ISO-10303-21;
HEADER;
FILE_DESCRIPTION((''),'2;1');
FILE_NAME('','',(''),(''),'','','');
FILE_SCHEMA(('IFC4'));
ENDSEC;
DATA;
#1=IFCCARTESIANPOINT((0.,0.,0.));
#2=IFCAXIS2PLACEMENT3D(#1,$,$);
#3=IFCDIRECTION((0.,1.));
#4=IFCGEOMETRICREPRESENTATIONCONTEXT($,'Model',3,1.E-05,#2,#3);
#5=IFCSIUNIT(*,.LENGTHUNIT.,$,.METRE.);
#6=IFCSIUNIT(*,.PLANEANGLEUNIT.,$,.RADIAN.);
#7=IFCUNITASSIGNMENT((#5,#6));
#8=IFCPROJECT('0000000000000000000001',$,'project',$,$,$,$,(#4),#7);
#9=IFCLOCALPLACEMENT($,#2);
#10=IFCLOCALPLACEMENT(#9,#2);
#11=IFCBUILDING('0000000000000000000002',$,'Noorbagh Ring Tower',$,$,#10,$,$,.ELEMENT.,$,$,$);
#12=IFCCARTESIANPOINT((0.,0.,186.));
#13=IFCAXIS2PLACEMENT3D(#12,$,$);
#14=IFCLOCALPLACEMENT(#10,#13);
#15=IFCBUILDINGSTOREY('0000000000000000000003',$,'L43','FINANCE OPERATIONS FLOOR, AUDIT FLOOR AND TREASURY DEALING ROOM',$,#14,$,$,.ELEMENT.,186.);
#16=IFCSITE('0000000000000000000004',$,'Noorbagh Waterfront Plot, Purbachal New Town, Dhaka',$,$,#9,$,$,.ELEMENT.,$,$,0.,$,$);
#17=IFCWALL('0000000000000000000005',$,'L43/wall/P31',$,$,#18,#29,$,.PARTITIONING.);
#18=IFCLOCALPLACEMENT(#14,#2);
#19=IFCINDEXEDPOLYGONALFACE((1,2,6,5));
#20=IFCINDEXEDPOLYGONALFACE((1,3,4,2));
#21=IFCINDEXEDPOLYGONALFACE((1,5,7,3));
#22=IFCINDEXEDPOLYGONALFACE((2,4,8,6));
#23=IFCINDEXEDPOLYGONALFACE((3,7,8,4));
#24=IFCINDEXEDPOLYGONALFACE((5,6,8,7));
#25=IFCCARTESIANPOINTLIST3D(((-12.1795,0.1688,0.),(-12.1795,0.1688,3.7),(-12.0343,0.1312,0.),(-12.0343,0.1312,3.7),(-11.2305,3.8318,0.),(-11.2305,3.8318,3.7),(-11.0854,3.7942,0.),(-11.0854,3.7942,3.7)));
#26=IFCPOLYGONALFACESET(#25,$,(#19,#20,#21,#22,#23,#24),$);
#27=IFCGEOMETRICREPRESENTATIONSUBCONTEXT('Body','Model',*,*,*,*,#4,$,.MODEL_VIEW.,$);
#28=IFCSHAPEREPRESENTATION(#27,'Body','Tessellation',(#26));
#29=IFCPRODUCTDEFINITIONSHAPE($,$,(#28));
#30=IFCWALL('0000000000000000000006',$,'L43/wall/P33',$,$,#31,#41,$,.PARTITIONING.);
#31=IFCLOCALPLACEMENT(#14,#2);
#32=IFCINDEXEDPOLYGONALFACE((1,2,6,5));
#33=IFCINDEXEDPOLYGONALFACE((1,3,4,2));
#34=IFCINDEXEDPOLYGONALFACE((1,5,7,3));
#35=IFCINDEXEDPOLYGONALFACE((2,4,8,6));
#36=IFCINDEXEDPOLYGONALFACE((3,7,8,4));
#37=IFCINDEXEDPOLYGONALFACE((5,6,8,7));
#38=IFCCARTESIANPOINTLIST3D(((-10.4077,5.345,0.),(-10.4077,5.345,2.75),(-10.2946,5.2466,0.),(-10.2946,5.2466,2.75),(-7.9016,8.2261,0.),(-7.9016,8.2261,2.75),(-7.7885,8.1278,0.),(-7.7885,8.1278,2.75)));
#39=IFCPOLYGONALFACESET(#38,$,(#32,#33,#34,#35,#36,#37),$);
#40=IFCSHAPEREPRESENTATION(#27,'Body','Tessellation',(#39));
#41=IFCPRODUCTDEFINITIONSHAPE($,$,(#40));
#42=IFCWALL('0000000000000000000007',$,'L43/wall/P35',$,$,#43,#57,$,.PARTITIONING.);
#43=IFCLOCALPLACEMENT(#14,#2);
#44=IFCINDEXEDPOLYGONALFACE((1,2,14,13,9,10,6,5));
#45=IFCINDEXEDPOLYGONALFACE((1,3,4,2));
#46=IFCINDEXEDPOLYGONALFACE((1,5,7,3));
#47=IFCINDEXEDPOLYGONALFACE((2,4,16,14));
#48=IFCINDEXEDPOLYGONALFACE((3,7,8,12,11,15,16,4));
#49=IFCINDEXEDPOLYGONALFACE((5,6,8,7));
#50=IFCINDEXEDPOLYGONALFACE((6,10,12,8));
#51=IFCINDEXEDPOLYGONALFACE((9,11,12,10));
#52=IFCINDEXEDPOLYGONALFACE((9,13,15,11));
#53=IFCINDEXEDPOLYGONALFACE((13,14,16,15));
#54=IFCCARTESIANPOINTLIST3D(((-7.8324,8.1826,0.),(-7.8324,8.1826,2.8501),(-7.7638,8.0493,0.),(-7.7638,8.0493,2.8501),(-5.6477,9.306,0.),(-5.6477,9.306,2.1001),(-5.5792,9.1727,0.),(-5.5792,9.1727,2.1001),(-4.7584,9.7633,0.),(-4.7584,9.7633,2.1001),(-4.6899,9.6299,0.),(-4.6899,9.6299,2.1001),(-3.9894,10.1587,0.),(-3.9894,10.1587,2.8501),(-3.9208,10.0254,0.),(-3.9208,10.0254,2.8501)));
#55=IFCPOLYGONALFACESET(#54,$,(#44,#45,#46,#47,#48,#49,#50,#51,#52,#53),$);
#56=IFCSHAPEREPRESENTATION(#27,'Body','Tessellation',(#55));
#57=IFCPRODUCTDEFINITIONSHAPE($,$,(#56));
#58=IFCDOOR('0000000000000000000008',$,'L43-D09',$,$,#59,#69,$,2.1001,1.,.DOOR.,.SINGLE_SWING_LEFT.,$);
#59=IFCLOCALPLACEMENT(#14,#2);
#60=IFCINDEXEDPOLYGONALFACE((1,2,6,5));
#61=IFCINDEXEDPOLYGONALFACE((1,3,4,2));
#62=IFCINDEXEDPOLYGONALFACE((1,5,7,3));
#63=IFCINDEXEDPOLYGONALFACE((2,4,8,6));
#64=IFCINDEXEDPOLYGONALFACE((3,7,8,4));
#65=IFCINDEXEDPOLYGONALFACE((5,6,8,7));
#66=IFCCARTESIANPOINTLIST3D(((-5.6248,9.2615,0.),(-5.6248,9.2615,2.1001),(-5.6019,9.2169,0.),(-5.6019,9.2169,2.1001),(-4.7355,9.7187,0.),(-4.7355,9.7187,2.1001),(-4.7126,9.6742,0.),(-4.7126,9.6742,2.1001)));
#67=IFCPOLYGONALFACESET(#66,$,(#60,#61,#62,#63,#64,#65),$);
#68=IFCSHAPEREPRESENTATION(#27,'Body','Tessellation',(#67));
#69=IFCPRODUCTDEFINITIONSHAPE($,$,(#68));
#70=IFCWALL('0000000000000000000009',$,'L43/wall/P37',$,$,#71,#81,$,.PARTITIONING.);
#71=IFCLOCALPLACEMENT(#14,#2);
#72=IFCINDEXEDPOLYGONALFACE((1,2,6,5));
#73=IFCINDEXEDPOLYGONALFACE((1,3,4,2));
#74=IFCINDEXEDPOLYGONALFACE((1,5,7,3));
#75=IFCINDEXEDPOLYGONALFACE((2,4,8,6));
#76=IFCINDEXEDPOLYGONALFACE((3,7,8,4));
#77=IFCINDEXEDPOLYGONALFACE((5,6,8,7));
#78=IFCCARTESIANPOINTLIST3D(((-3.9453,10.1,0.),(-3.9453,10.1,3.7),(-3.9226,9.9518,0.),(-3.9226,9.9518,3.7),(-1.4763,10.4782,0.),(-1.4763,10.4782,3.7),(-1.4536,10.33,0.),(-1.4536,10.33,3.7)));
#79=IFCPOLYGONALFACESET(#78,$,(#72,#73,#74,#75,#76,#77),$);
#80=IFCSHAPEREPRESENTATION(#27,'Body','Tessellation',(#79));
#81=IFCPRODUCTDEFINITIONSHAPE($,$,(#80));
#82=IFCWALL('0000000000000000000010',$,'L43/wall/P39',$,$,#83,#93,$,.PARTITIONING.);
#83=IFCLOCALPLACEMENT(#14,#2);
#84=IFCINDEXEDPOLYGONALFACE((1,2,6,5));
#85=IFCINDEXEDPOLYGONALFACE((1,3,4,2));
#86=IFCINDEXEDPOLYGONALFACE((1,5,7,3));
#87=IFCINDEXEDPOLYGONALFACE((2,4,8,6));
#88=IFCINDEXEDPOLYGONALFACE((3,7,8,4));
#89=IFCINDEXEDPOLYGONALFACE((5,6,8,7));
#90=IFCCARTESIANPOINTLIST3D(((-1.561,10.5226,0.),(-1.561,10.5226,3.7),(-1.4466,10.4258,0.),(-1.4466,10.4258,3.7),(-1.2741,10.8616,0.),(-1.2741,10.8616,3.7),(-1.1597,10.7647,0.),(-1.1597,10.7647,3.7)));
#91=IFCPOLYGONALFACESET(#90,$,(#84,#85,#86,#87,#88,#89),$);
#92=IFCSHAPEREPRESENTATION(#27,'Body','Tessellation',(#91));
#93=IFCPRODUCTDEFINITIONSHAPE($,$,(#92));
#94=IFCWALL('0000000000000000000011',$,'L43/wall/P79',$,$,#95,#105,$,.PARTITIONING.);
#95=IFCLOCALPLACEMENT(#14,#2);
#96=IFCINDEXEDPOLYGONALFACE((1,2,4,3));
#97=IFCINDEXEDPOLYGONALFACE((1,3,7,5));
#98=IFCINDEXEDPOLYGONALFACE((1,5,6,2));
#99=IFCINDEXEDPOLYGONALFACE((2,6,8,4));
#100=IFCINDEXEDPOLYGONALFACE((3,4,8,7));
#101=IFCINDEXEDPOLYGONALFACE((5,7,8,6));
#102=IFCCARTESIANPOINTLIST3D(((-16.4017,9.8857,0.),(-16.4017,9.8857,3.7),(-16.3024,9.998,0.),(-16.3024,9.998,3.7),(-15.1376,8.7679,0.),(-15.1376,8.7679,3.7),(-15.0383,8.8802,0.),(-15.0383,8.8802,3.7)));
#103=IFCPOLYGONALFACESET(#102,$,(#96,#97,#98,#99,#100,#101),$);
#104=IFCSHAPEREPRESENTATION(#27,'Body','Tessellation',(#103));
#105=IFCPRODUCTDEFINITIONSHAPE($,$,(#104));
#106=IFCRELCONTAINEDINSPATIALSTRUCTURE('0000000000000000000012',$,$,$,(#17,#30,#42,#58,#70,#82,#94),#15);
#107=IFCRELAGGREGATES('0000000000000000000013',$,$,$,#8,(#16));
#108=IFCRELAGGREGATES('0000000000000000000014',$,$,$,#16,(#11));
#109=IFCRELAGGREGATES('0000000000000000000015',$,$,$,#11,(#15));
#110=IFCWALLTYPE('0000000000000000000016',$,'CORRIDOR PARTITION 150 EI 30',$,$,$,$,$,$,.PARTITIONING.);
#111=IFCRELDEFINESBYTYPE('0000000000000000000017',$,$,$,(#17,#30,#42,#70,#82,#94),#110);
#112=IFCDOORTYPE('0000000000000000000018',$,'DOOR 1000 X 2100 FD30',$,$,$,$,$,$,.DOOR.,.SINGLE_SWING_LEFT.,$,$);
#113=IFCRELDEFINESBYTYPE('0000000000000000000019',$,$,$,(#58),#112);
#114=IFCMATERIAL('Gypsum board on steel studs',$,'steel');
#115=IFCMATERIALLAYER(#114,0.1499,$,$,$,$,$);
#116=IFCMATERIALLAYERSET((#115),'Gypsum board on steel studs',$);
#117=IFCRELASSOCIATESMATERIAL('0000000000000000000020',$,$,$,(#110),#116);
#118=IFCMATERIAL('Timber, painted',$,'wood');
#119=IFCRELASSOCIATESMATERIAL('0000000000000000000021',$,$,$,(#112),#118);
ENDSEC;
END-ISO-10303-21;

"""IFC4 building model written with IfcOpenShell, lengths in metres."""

from ifc_helpers import new_model, si_unit, direction, frame, frame_2d, origin, place, context, subcontext, project, spatial, rectangle, extrude, material, layer, layer_set, type_object, element, fill, save


model = new_model("IFC4")

# Units and contexts
model_context = context("Model", 3, precision=1e-05, world=origin(), true_north=direction((0.0, 1.0)))
body_context = subcontext(model_context, "Body", "Model", "MODEL_VIEW")
ifc_project = project(units=[si_unit("LENGTHUNIT", "METRE"), si_unit("PLANEANGLEUNIT", "RADIAN")], contexts=[model_context])

# Site, building, storey
site_placement = place(None, origin())
site = spatial("IfcSite", under=ifc_project, at=site_placement, Name="Noorbagh Waterfront Plot, Purbachal New Town, Dhaka", CompositionType="ELEMENT", RefElevation=0.0)
building_placement = place(site_placement, origin())
building = spatial("IfcBuilding", under=site, at=building_placement, Name="Noorbagh Ring Tower", CompositionType="ELEMENT")
storey_placement = place(building_placement, frame((0.0, 0.0, 186.0)))
storey = spatial("IfcBuildingStorey", under=building, at=storey_placement, Name="L43", Description="FINANCE OPERATIONS FLOOR, AUDIT FLOOR AND TREASURY DEALING ROOM", CompositionType="ELEMENT", Elevation=186.0)

# Walls
ifc_material_1 = material(Name="Gypsum board on steel studs", Category="steel")
ifc_layer_1 = layer(ifc_material_1, 0.1499)
ifc_layer_set_1 = layer_set([ifc_layer_1], Name="Gypsum board on steel studs")
wall_type_1 = type_object("IfcWallType", Name="CORRIDOR PARTITION 150 EI 30", PredefinedType="PARTITIONING", material=ifc_layer_set_1)
wall_1_placement = place(storey_placement, frame((-12.1069, 0.1499, 0.0), z_axis=(0.0, 0.0, 1.0), x_axis=(0.250785, 0.968043, 0.0)))
element("IfcWall", 1, at=wall_1_placement, inside=storey, type_object=wall_type_1, Name="L43/wall/P31", PredefinedType="PARTITIONING", context=body_context, shape_type="SweptSolid", body=[
    extrude(rectangle(XDim=3.7839, YDim=0.1499, at=frame_2d((1.8921, 0.0))), origin(), (0.0, 0.0, 1.0), 3.7),
])
wall_2_placement = place(storey_placement, frame((-10.3511, 5.2959, 0.0), z_axis=(0.0, 0.0, 1.0), x_axis=(0.656297, 0.754502, 0.0)))
element("IfcWall", 2, at=wall_2_placement, inside=storey, type_object=wall_type_1, Name="L43/wall/P33", PredefinedType="PARTITIONING", context=body_context, shape_type="SweptSolid", body=[
    extrude(rectangle(XDim=3.8186, YDim=0.1499, at=frame_2d((1.9092, 0.0))), origin(), (0.0, 0.0, 1.0), 2.75),
])

# Wall, opening, door
wall_3_placement = place(storey_placement, frame((-7.7981, 8.116, 0.0), z_axis=(0.0, 0.0, 1.0), x_axis=(0.889319, 0.457287, 0.0)))
wall_3 = element("IfcWall", 3, at=wall_3_placement, inside=storey, type_object=wall_type_1, Name="L43/wall/P35", PredefinedType="PARTITIONING", context=body_context, shape_type="SweptSolid", body=[
    extrude(rectangle(XDim=4.3213, YDim=0.1499, at=frame_2d((2.1606, 0.0))), origin(), (0.0, 0.0, 1.0), 2.8501),
])
opening_1_placement = place(wall_3_placement, frame((2.4565, 0.0, 0.0)))
opening_1 = element("IfcOpeningElement", 4, at=opening_1_placement, cuts=wall_3, PredefinedType="OPENING", context=body_context, shape_type="SweptSolid", body=[
    extrude(rectangle(XDim=1.0, YDim=2.1001, at=frame_2d((0.5, 1.05))), frame((0.0, 0.085, 0.0), z_axis=(0.0, -1.0, 0.0), x_axis=(1.0, 0.0, 0.0)), (0.0, 0.0, 1.0), 0.1699),
])
ifc_material_2 = material(Name="Timber, painted", Category="wood")
door_type_1 = type_object("IfcDoorType", Name="DOOR 1000 X 2100 FD30", OperationType="SINGLE_SWING_LEFT", PredefinedType="DOOR", material=ifc_material_2)
door_1_placement = place(opening_1_placement, origin())
door_1 = element("IfcDoor", 5, at=door_1_placement, inside=storey, type_object=door_type_1, Name="L43-D09", OperationType="SINGLE_SWING_LEFT", OverallHeight=2.1001, OverallWidth=1.0, PredefinedType="DOOR", context=body_context, shape_type="SweptSolid", body=[
    extrude(rectangle(XDim=1.0, YDim=2.1001, at=frame_2d((0.5, 1.05))), frame((0.0, 0.0249, 0.0), z_axis=(0.0, -1.0, 0.0), x_axis=(1.0, 0.0, 0.0)), (0.0, 0.0, 1.0), 0.05),
])
fill(opening_1, door_1)

# Walls
wall_4_placement = place(storey_placement, frame((-3.9341, 10.0259, 0.0), z_axis=(0.0, 0.0, 1.0), x_axis=(0.988472, 0.151403, 0.0)))
element("IfcWall", 6, at=wall_4_placement, inside=storey, type_object=wall_type_1, Name="L43/wall/P37", PredefinedType="PARTITIONING", context=body_context, shape_type="SweptSolid", body=[
    extrude(rectangle(XDim=2.4978, YDim=0.1499, at=frame_2d((1.249, 0.0))), origin(), (0.0, 0.0, 1.0), 3.7),
])
wall_5_placement = place(storey_placement, frame((-1.5039, 10.4741, 0.0), z_axis=(0.0, 0.0, 1.0), x_axis=(0.646115, 0.76324, 0.0)))
element("IfcWall", 7, at=wall_5_placement, inside=storey, type_object=wall_type_1, Name="L43/wall/P39", PredefinedType="PARTITIONING", context=body_context, shape_type="SweptSolid", body=[
    extrude(rectangle(XDim=0.4441, YDim=0.1499, at=frame_2d((0.2222, 0.0))), origin(), (0.0, 0.0, 1.0), 3.7),
])
wall_6_placement = place(storey_placement, frame((-16.3521, 9.9419, 0.0), z_axis=(0.0, 0.0, 1.0), x_axis=(0.749107, -0.662449, 0.0)))
element("IfcWall", 8, at=wall_6_placement, inside=storey, type_object=wall_type_1, Name="L43/wall/P79", PredefinedType="PARTITIONING", context=body_context, shape_type="SweptSolid", body=[
    extrude(rectangle(XDim=1.6875, YDim=0.1499, at=frame_2d((0.8438, 0.0))), origin(), (0.0, 0.0, 1.0), 3.7),
])

save(model, "model.ifc")
